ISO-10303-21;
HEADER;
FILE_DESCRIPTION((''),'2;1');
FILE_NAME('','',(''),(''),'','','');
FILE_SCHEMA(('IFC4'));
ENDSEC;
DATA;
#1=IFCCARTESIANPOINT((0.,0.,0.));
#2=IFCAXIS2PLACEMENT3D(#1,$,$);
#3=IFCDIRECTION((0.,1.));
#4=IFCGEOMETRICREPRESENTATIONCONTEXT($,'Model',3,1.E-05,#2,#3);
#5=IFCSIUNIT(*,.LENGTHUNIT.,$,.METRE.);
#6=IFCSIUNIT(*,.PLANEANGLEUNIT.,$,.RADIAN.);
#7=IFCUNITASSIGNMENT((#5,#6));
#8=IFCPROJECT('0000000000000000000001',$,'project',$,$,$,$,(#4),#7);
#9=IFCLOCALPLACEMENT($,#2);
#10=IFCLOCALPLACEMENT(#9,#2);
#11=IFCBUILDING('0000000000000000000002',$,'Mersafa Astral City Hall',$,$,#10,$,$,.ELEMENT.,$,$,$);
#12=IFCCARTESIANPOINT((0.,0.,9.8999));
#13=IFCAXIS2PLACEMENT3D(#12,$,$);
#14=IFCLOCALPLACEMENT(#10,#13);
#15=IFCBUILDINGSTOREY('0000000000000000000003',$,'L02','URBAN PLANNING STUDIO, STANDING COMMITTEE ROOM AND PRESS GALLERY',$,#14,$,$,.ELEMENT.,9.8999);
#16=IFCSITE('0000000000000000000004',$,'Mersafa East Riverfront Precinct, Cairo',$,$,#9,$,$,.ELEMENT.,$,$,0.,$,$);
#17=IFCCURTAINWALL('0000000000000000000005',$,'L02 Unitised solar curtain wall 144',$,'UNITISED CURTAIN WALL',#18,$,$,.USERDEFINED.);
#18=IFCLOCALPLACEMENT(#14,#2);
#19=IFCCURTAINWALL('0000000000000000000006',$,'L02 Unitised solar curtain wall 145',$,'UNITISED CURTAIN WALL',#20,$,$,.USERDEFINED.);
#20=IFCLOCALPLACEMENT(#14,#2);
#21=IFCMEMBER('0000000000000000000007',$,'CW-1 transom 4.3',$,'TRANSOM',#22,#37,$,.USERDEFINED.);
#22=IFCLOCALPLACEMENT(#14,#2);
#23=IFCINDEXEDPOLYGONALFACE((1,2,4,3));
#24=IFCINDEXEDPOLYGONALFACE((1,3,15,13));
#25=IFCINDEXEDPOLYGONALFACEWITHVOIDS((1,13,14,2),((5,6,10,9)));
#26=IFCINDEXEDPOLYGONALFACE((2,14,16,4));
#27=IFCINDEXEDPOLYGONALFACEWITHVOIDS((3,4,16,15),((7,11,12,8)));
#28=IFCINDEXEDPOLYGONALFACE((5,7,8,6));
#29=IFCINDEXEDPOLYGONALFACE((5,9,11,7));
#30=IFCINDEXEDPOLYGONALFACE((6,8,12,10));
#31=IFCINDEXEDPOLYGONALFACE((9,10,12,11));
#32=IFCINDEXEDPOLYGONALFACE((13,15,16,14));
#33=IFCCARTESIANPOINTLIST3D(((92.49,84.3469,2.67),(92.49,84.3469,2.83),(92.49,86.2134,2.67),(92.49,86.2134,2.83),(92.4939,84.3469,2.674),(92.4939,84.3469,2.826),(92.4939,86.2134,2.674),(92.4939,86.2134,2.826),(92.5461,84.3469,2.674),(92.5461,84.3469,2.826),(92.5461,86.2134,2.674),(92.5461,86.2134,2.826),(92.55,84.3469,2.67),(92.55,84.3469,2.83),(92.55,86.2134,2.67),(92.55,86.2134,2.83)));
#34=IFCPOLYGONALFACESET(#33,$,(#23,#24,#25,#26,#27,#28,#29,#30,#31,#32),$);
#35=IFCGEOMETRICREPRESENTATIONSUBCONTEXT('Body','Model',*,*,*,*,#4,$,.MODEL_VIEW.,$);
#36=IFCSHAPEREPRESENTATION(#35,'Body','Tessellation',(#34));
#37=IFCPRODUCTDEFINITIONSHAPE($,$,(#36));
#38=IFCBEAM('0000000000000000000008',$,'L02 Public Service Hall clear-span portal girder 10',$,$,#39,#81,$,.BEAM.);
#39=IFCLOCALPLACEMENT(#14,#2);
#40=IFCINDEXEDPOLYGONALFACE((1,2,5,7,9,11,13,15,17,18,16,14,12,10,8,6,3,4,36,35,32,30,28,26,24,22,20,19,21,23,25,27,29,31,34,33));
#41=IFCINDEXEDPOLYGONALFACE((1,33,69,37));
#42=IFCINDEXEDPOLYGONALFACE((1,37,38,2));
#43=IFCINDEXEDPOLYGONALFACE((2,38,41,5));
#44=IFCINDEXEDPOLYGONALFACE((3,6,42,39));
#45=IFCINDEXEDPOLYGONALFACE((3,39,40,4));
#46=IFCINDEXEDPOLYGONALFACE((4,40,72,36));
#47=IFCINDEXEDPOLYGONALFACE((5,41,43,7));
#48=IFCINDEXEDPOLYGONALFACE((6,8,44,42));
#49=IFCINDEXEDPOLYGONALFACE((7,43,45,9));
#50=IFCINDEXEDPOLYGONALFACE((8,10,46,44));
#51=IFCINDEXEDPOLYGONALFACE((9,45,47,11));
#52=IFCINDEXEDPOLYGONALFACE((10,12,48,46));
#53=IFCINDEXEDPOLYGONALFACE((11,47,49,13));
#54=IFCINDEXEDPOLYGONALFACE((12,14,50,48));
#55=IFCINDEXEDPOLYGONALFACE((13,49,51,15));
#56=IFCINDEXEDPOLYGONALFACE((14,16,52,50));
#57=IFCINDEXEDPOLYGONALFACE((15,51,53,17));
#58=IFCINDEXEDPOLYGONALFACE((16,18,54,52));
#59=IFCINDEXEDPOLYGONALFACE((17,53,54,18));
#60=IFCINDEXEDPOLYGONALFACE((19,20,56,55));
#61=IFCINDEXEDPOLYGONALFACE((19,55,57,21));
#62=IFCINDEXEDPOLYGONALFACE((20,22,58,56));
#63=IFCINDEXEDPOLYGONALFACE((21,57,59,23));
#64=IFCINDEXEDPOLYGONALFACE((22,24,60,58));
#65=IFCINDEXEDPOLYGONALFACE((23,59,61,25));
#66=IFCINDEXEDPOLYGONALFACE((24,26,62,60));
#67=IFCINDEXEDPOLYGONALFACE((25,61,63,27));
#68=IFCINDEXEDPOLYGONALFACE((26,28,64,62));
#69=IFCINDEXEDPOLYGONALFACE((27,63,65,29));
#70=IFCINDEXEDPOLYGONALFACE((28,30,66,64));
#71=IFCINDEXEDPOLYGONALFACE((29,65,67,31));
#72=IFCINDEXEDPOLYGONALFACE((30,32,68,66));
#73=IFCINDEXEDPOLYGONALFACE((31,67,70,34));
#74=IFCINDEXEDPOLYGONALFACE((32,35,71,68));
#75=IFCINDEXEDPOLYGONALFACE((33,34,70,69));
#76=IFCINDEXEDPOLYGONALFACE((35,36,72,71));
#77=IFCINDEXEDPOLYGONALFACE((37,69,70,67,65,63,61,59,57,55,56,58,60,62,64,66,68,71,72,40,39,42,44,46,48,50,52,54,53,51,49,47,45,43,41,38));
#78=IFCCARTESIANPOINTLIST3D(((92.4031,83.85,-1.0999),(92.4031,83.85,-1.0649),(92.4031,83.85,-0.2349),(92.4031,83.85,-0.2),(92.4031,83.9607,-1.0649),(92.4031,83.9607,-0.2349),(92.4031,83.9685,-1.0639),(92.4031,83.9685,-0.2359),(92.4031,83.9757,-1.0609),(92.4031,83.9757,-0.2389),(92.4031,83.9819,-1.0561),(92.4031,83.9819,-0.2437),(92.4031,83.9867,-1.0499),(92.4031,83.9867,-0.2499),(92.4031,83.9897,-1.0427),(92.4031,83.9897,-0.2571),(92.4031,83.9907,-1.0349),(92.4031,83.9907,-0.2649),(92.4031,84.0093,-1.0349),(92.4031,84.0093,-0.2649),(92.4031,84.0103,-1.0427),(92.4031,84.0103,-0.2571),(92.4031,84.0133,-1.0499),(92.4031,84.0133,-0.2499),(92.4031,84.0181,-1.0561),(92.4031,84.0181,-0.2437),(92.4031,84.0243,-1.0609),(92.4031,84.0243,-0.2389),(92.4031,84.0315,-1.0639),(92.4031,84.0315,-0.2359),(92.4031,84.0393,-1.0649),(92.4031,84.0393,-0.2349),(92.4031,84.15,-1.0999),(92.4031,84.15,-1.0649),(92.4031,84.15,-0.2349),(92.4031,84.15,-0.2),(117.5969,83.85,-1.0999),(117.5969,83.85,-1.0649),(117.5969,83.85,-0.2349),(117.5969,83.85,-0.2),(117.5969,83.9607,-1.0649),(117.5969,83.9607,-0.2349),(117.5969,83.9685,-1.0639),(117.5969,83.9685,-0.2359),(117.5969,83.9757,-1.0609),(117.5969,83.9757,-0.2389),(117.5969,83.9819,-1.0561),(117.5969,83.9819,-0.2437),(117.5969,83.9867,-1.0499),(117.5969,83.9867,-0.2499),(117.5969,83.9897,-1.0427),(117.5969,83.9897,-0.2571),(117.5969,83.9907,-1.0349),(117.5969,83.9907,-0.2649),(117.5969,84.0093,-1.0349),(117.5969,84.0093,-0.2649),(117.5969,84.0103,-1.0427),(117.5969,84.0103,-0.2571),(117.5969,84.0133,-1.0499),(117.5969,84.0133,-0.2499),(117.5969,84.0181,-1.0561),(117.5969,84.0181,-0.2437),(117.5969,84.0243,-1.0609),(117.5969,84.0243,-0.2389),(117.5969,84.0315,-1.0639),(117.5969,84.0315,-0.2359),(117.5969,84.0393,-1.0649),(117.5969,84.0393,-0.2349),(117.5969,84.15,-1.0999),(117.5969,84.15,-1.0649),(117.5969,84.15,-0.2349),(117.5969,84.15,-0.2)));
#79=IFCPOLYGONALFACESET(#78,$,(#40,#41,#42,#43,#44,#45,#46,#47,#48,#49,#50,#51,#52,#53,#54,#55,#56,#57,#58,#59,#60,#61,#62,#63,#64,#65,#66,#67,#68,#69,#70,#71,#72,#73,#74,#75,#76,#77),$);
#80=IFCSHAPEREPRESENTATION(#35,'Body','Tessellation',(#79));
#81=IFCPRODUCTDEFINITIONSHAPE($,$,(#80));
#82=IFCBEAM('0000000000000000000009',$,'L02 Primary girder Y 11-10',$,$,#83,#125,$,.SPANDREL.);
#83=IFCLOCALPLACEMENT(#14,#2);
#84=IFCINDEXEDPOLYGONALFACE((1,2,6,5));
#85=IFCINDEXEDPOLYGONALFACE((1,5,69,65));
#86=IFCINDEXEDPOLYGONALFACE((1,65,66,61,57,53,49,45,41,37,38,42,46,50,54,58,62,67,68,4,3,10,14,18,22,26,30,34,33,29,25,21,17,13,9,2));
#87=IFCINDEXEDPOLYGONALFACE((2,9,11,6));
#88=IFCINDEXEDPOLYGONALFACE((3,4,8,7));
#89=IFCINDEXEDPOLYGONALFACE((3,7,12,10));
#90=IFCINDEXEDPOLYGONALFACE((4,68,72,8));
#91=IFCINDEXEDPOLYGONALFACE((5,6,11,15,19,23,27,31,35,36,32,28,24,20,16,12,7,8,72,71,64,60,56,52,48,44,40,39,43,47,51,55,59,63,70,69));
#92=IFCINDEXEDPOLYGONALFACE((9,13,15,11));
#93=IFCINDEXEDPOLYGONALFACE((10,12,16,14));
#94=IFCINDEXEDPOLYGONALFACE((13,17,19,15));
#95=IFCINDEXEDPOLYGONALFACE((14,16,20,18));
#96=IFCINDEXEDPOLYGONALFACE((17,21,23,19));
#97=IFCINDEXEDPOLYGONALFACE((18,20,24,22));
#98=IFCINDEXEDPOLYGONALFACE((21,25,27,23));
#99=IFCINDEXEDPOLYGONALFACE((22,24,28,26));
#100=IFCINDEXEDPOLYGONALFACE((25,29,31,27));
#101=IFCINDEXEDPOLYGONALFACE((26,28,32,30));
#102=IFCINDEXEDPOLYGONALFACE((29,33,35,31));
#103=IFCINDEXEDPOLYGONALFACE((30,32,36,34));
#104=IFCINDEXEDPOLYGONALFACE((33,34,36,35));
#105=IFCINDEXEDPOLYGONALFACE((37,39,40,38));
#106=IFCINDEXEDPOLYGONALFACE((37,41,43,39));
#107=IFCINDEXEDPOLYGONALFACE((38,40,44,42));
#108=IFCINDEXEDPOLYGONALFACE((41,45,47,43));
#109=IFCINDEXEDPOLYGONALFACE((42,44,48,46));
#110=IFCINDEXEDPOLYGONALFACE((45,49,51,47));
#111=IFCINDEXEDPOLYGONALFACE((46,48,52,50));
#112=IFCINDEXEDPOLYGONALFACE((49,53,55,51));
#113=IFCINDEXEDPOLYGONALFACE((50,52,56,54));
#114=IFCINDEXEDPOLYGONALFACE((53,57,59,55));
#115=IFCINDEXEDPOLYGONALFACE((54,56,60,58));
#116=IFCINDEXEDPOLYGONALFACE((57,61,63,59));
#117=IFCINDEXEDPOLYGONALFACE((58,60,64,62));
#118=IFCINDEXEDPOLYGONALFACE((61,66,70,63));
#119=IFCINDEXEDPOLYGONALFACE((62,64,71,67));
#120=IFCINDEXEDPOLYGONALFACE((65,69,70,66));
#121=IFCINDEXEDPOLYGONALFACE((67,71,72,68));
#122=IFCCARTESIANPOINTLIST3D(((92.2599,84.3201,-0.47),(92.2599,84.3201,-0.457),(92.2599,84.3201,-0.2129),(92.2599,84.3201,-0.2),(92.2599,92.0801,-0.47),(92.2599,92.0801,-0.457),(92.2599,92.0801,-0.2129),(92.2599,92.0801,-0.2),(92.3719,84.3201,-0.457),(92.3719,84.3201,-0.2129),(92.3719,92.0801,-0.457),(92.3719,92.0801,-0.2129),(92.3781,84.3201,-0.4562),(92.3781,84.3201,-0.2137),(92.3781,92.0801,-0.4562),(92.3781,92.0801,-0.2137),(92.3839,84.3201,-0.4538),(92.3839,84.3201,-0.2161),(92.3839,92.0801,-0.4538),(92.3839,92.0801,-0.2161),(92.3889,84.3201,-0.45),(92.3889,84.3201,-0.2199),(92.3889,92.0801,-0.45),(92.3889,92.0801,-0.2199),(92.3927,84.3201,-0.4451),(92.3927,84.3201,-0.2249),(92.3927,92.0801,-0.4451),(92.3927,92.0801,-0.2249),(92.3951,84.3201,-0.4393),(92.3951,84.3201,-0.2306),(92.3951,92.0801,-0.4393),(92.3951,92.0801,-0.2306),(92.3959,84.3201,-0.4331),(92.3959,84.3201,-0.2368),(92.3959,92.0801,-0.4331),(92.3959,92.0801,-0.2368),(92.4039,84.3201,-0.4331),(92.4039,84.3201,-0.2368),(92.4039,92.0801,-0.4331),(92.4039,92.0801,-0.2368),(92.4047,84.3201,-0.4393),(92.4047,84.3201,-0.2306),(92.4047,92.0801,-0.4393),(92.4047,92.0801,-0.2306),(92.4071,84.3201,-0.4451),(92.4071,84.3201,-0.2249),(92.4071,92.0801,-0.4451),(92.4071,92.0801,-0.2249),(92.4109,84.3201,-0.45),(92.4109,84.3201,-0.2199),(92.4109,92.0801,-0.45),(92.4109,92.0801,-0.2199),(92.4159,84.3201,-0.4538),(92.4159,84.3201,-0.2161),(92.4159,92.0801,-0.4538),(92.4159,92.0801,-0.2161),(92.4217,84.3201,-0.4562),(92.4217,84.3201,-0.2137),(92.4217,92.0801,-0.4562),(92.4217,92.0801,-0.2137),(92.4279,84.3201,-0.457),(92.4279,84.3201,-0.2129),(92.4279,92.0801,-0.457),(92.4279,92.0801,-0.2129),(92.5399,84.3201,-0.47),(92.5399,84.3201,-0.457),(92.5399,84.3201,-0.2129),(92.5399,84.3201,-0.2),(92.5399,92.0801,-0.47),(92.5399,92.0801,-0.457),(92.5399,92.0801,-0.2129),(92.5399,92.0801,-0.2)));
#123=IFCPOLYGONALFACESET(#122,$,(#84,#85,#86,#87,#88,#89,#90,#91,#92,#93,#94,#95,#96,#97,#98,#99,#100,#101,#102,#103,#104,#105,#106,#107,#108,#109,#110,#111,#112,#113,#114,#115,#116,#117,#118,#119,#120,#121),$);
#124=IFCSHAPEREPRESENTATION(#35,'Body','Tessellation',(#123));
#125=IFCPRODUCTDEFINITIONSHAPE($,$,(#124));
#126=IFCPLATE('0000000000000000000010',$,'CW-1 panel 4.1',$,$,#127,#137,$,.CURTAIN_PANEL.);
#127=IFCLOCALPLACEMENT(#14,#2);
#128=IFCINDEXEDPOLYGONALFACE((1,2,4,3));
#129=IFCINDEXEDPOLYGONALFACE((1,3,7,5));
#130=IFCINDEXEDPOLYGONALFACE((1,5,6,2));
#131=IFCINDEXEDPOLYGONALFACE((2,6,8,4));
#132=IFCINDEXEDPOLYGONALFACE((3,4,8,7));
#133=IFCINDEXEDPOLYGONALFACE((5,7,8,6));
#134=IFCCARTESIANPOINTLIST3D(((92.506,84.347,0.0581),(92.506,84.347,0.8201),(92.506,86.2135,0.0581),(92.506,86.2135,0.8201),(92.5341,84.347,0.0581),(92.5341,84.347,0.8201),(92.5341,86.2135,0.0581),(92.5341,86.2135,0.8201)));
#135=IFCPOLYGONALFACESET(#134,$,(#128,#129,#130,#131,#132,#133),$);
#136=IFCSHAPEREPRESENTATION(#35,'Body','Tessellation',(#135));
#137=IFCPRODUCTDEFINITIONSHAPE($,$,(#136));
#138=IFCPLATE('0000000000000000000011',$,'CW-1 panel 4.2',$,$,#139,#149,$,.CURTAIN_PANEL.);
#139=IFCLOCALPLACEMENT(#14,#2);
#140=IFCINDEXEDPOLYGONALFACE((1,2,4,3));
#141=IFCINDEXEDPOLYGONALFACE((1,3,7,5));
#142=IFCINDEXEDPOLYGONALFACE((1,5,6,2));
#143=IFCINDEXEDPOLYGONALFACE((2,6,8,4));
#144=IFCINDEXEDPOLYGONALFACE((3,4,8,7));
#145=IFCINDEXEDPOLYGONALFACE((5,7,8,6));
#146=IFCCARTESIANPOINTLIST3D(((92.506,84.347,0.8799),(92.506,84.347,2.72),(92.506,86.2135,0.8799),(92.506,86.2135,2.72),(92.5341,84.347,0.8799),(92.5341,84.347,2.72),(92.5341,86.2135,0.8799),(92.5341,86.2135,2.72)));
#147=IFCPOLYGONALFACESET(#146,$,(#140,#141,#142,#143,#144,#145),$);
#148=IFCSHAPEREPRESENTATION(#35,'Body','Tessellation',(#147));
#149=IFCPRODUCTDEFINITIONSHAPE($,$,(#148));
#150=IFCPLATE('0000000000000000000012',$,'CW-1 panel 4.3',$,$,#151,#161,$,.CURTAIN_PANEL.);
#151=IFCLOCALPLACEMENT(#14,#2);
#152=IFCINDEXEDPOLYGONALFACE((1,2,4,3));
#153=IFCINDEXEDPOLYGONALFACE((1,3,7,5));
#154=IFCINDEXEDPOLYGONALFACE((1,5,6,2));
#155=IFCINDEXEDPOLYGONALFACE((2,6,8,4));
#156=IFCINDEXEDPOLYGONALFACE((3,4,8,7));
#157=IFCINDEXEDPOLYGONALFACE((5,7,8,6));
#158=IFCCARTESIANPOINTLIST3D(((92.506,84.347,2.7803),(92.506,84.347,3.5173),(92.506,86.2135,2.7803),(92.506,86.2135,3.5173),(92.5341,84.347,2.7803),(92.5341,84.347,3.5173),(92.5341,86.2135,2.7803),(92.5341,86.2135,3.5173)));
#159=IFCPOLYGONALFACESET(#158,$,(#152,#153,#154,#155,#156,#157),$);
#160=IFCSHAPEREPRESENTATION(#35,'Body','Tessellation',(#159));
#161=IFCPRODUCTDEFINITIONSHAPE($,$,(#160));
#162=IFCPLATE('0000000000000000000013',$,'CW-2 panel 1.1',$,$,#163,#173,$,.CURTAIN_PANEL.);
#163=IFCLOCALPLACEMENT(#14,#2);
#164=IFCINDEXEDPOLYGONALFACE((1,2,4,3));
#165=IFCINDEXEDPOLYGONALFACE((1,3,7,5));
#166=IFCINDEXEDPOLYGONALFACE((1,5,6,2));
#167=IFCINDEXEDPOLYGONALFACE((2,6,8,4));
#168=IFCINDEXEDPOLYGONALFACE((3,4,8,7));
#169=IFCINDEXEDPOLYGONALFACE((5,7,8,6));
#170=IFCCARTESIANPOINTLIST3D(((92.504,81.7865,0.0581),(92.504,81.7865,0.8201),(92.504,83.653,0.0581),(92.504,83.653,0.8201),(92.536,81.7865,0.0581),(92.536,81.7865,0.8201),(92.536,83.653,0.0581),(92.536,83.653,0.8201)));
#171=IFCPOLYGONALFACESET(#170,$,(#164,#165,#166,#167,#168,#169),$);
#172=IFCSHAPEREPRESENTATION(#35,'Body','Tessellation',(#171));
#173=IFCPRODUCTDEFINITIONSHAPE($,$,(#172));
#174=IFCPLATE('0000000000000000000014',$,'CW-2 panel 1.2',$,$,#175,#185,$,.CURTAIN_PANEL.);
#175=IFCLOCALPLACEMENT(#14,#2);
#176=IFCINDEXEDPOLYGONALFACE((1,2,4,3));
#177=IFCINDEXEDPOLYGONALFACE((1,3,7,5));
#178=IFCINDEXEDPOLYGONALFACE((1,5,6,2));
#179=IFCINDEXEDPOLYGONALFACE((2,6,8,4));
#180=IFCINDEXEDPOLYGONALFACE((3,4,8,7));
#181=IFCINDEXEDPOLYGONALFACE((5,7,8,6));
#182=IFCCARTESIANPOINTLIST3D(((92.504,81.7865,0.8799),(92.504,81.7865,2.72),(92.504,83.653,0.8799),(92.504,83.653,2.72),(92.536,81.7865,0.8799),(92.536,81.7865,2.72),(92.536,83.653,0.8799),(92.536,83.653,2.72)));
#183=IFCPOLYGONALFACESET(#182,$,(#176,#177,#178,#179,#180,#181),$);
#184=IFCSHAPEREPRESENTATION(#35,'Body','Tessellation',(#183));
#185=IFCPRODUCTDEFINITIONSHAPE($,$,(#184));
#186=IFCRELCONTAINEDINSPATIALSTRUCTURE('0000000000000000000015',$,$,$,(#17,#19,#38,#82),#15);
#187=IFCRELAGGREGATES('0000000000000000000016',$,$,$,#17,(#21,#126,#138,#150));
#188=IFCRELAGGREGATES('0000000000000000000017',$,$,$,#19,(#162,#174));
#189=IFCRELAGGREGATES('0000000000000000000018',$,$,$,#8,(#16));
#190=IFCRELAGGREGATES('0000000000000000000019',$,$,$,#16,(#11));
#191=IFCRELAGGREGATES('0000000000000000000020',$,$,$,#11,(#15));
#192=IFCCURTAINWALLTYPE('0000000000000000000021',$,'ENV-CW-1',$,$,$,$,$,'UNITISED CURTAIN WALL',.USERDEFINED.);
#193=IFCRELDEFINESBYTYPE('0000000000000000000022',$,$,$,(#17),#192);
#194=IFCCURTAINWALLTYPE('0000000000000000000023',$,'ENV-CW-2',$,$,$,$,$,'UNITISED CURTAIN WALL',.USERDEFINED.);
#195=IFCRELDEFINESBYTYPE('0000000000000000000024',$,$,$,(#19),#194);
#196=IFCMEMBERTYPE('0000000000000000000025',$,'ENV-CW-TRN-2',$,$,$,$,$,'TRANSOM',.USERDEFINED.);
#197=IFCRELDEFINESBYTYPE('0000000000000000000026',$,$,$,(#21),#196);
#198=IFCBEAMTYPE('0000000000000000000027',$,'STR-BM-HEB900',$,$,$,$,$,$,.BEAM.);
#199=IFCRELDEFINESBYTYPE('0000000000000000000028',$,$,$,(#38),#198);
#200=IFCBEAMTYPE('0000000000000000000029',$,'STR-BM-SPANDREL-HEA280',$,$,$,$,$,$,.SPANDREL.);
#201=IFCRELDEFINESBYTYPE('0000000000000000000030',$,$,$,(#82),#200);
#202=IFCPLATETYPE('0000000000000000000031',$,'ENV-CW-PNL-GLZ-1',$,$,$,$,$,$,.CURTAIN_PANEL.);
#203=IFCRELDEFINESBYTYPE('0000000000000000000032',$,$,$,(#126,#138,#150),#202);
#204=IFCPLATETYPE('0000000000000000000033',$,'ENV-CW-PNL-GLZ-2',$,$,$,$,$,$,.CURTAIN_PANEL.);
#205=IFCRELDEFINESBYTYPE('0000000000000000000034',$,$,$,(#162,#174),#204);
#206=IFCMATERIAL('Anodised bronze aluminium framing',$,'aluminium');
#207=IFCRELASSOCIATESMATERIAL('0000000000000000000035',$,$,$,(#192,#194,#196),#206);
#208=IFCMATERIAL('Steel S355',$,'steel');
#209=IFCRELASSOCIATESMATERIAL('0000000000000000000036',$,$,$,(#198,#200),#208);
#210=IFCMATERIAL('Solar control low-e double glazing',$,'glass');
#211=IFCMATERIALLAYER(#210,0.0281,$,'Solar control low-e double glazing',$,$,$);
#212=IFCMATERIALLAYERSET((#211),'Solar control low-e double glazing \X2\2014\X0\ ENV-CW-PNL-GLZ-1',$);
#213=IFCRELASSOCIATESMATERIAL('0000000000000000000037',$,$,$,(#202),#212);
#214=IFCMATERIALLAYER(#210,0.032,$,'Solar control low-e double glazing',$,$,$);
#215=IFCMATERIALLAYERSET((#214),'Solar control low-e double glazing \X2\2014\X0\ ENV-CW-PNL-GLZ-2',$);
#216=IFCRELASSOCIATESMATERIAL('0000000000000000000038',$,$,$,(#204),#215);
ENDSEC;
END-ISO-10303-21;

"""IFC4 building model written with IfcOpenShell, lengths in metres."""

from ifc_helpers import new_model, si_unit, direction, frame, origin, origin_2d, place, context, subcontext, project, spatial, rectangle, hollow_rectangle, i_section, extrude, material, layer, layer_set, material_profile, profile_set, type_object, element, aggregate, save


model = new_model("IFC4")

# Units and contexts
model_context = context("Model", 3, precision=1e-05, world=origin(), true_north=direction((0.0, 1.0)))
body_context = subcontext(model_context, "Body", "Model", "MODEL_VIEW")
ifc_project = project(units=[si_unit("LENGTHUNIT", "METRE"), si_unit("PLANEANGLEUNIT", "RADIAN")], contexts=[model_context])

# Site, building, storey
site_placement = place(None, origin())
site = spatial("IfcSite", under=ifc_project, at=site_placement, Name="Mersafa East Riverfront Precinct, Cairo", CompositionType="ELEMENT", RefElevation=0.0)
building_placement = place(site_placement, origin())
building = spatial("IfcBuilding", under=site, at=building_placement, Name="Mersafa Astral City Hall", CompositionType="ELEMENT")
storey_placement = place(building_placement, frame((0.0, 0.0, 9.8999)))
storey = spatial("IfcBuildingStorey", under=building, at=storey_placement, Name="L02", Description="URBAN PLANNING STUDIO, STANDING COMMITTEE ROOM AND PRESS GALLERY", CompositionType="ELEMENT", Elevation=9.8999)

# Shared definitions
ifc_material_1 = material(Name="Steel S355", Category="steel")

# Curtain wall
ifc_material_2 = material(Name="Anodised bronze aluminium framing", Category="aluminium")
curtain_wall_type_1 = type_object("IfcCurtainWallType", Name="ENV-CW-1", ElementType="UNITISED CURTAIN WALL", PredefinedType="USERDEFINED", material=ifc_material_2)
curtain_wall_1_placement = place(storey_placement, origin())
curtain_wall_1 = element("IfcCurtainWall", 1, at=curtain_wall_1_placement, inside=storey, type_object=curtain_wall_type_1, Name="L02 Unitised solar curtain wall 144", ObjectType="UNITISED CURTAIN WALL", PredefinedType="USERDEFINED")

# Curtain wall
curtain_wall_type_2 = type_object("IfcCurtainWallType", Name="ENV-CW-2", ElementType="UNITISED CURTAIN WALL", PredefinedType="USERDEFINED", material=ifc_material_2)
curtain_wall_2_placement = place(storey_placement, origin())
curtain_wall_2 = element("IfcCurtainWall", 2, at=curtain_wall_2_placement, inside=storey, type_object=curtain_wall_type_2, Name="L02 Unitised solar curtain wall 145", ObjectType="UNITISED CURTAIN WALL", PredefinedType="USERDEFINED")

# Member
ifc_material_profile_1 = material_profile(ifc_material_2, hollow_rectangle(XDim=0.0601, YDim=0.1599, WallThickness=0.0039, at=origin_2d()), Name="RHS 60x160x4")
ifc_profile_set_1 = profile_set([ifc_material_profile_1], Name="Anodised bronze aluminium framing")
member_type_1 = type_object("IfcMemberType", Name="ENV-CW-TRN-2", ElementType="TRANSOM", PredefinedType="USERDEFINED", material=ifc_profile_set_1)
member_1_placement = place(storey_placement, frame((92.52, 86.2134, 2.75), z_axis=(0.0, -1.0, 0.0), x_axis=(1.0, 0.0, 0.0)))
member_1 = element("IfcMember", 3, at=member_1_placement, type_object=member_type_1, Name="CW-1 transom 4.3", ObjectType="TRANSOM", PredefinedType="USERDEFINED", context=body_context, shape_type="SweptSolid", body=[
    extrude(hollow_rectangle(XDim=0.0601, YDim=0.1599, WallThickness=0.0039, at=origin_2d()), origin(), (0.0, 0.0, 1.0), 1.8665),
])

# Beams
ifc_material_profile_2 = material_profile(ifc_material_1, i_section(OverallWidth=0.3, OverallDepth=0.8999, WebThickness=0.0186, FlangeThickness=0.0349, FilletRadius=0.03, at=origin_2d()), Name="HEB 900")
ifc_profile_set_2 = profile_set([ifc_material_profile_2], Name="Steel S355")
beam_type_1 = type_object("IfcBeamType", Name="STR-BM-HEB900", PredefinedType="BEAM", material=ifc_profile_set_2)
beam_1_placement = place(storey_placement, frame((92.4031, 84.0, -0.6499), z_axis=(1.0, 0.0, 0.0), x_axis=(0.0, 1.0, 0.0)))
element("IfcBeam", 4, at=beam_1_placement, inside=storey, type_object=beam_type_1, Name="L02 Public Service Hall clear-span portal girder 10", PredefinedType="BEAM", context=body_context, shape_type="SweptSolid", body=[
    extrude(i_section(OverallWidth=0.3, OverallDepth=0.8999, WebThickness=0.0186, FlangeThickness=0.0349, FilletRadius=0.03, at=origin_2d()), origin(), (0.0, 0.0, 1.0), 25.1938),
])
ifc_material_profile_3 = material_profile(ifc_material_1, i_section(OverallWidth=0.28, OverallDepth=0.27, WebThickness=0.0081, FlangeThickness=0.0129, FilletRadius=0.0239, at=origin_2d()), Name="HEA 280")
ifc_profile_set_3 = profile_set([ifc_material_profile_3], Name="Steel S355")
beam_type_2 = type_object("IfcBeamType", Name="STR-BM-SPANDREL-HEA280", PredefinedType="SPANDREL", material=ifc_profile_set_3)
beam_2_placement = place(storey_placement, frame((92.3999, 84.3201, -0.335), z_axis=(0.0, 1.0, 0.0), x_axis=(-1.0, 0.0, 0.0)))
element("IfcBeam", 5, at=beam_2_placement, inside=storey, type_object=beam_type_2, Name="L02 Primary girder Y 11-10", PredefinedType="SPANDREL", context=body_context, shape_type="SweptSolid", body=[
    extrude(i_section(OverallWidth=0.28, OverallDepth=0.27, WebThickness=0.0081, FlangeThickness=0.0129, FilletRadius=0.0239, at=origin_2d()), origin(), (0.0, 0.0, 1.0), 7.76),
])

# Plates
ifc_material_3 = material(Name="Solar control low-e double glazing", Category="glass")
ifc_layer_1 = layer(ifc_material_3, 0.0281, Name="Solar control low-e double glazing")
ifc_layer_set_1 = layer_set([ifc_layer_1], Name="Solar control low-e double glazing — ENV-CW-PNL-GLZ-1")
plate_type_1 = type_object("IfcPlateType", Name="ENV-CW-PNL-GLZ-1", PredefinedType="CURTAIN_PANEL", material=ifc_layer_set_1)
plate_1_placement = place(storey_placement, frame((92.52, 85.2803, 0.0581), z_axis=(0.0, 0.0, 1.0), x_axis=(0.0, -1.0, 0.0)))
plate_1 = element("IfcPlate", 6, at=plate_1_placement, type_object=plate_type_1, Name="CW-1 panel 4.1", PredefinedType="CURTAIN_PANEL", context=body_context, shape_type="SweptSolid", body=[
    extrude(rectangle(XDim=1.8665, YDim=0.0281, at=origin_2d()), origin(), (0.0, 0.0, 1.0), 0.762),
])
plate_2_placement = place(storey_placement, frame((92.52, 85.2803, 0.8799), z_axis=(0.0, 0.0, 1.0), x_axis=(0.0, -1.0, 0.0)))
plate_2 = element("IfcPlate", 7, at=plate_2_placement, type_object=plate_type_1, Name="CW-1 panel 4.2", PredefinedType="CURTAIN_PANEL", context=body_context, shape_type="SweptSolid", body=[
    extrude(rectangle(XDim=1.8665, YDim=0.0281, at=origin_2d()), origin(), (0.0, 0.0, 1.0), 1.8401),
])
plate_3_placement = place(storey_placement, frame((92.52, 85.2803, 2.7803), z_axis=(0.0, 0.0, 1.0), x_axis=(0.0, -1.0, 0.0)))
plate_3 = element("IfcPlate", 8, at=plate_3_placement, type_object=plate_type_1, Name="CW-1 panel 4.3", PredefinedType="CURTAIN_PANEL", context=body_context, shape_type="SweptSolid", body=[
    extrude(rectangle(XDim=1.8665, YDim=0.0281, at=origin_2d()), origin(), (0.0, 0.0, 1.0), 0.7371),
])
aggregate(curtain_wall_1, [member_1, plate_1, plate_2, plate_3])
ifc_layer_2 = layer(ifc_material_3, 0.032, Name="Solar control low-e double glazing")
ifc_layer_set_2 = layer_set([ifc_layer_2], Name="Solar control low-e double glazing — ENV-CW-PNL-GLZ-2")
plate_type_2 = type_object("IfcPlateType", Name="ENV-CW-PNL-GLZ-2", PredefinedType="CURTAIN_PANEL", material=ifc_layer_set_2)
plate_4_placement = place(storey_placement, frame((92.52, 82.7197, 0.0581), z_axis=(0.0, 0.0, 1.0), x_axis=(0.0, -1.0, 0.0)))
plate_4 = element("IfcPlate", 9, at=plate_4_placement, type_object=plate_type_2, Name="CW-2 panel 1.1", PredefinedType="CURTAIN_PANEL", context=body_context, shape_type="SweptSolid", body=[
    extrude(rectangle(XDim=1.8665, YDim=0.032, at=origin_2d()), origin(), (0.0, 0.0, 1.0), 0.762),
])
plate_5_placement = place(storey_placement, frame((92.52, 82.7197, 0.8799), z_axis=(0.0, 0.0, 1.0), x_axis=(0.0, -1.0, 0.0)))
plate_5 = element("IfcPlate", 10, at=plate_5_placement, type_object=plate_type_2, Name="CW-2 panel 1.2", PredefinedType="CURTAIN_PANEL", context=body_context, shape_type="SweptSolid", body=[
    extrude(rectangle(XDim=1.8665, YDim=0.032, at=origin_2d()), origin(), (0.0, 0.0, 1.0), 1.8401),
])
aggregate(curtain_wall_2, [plate_4, plate_5])

save(model, "model.ifc")
